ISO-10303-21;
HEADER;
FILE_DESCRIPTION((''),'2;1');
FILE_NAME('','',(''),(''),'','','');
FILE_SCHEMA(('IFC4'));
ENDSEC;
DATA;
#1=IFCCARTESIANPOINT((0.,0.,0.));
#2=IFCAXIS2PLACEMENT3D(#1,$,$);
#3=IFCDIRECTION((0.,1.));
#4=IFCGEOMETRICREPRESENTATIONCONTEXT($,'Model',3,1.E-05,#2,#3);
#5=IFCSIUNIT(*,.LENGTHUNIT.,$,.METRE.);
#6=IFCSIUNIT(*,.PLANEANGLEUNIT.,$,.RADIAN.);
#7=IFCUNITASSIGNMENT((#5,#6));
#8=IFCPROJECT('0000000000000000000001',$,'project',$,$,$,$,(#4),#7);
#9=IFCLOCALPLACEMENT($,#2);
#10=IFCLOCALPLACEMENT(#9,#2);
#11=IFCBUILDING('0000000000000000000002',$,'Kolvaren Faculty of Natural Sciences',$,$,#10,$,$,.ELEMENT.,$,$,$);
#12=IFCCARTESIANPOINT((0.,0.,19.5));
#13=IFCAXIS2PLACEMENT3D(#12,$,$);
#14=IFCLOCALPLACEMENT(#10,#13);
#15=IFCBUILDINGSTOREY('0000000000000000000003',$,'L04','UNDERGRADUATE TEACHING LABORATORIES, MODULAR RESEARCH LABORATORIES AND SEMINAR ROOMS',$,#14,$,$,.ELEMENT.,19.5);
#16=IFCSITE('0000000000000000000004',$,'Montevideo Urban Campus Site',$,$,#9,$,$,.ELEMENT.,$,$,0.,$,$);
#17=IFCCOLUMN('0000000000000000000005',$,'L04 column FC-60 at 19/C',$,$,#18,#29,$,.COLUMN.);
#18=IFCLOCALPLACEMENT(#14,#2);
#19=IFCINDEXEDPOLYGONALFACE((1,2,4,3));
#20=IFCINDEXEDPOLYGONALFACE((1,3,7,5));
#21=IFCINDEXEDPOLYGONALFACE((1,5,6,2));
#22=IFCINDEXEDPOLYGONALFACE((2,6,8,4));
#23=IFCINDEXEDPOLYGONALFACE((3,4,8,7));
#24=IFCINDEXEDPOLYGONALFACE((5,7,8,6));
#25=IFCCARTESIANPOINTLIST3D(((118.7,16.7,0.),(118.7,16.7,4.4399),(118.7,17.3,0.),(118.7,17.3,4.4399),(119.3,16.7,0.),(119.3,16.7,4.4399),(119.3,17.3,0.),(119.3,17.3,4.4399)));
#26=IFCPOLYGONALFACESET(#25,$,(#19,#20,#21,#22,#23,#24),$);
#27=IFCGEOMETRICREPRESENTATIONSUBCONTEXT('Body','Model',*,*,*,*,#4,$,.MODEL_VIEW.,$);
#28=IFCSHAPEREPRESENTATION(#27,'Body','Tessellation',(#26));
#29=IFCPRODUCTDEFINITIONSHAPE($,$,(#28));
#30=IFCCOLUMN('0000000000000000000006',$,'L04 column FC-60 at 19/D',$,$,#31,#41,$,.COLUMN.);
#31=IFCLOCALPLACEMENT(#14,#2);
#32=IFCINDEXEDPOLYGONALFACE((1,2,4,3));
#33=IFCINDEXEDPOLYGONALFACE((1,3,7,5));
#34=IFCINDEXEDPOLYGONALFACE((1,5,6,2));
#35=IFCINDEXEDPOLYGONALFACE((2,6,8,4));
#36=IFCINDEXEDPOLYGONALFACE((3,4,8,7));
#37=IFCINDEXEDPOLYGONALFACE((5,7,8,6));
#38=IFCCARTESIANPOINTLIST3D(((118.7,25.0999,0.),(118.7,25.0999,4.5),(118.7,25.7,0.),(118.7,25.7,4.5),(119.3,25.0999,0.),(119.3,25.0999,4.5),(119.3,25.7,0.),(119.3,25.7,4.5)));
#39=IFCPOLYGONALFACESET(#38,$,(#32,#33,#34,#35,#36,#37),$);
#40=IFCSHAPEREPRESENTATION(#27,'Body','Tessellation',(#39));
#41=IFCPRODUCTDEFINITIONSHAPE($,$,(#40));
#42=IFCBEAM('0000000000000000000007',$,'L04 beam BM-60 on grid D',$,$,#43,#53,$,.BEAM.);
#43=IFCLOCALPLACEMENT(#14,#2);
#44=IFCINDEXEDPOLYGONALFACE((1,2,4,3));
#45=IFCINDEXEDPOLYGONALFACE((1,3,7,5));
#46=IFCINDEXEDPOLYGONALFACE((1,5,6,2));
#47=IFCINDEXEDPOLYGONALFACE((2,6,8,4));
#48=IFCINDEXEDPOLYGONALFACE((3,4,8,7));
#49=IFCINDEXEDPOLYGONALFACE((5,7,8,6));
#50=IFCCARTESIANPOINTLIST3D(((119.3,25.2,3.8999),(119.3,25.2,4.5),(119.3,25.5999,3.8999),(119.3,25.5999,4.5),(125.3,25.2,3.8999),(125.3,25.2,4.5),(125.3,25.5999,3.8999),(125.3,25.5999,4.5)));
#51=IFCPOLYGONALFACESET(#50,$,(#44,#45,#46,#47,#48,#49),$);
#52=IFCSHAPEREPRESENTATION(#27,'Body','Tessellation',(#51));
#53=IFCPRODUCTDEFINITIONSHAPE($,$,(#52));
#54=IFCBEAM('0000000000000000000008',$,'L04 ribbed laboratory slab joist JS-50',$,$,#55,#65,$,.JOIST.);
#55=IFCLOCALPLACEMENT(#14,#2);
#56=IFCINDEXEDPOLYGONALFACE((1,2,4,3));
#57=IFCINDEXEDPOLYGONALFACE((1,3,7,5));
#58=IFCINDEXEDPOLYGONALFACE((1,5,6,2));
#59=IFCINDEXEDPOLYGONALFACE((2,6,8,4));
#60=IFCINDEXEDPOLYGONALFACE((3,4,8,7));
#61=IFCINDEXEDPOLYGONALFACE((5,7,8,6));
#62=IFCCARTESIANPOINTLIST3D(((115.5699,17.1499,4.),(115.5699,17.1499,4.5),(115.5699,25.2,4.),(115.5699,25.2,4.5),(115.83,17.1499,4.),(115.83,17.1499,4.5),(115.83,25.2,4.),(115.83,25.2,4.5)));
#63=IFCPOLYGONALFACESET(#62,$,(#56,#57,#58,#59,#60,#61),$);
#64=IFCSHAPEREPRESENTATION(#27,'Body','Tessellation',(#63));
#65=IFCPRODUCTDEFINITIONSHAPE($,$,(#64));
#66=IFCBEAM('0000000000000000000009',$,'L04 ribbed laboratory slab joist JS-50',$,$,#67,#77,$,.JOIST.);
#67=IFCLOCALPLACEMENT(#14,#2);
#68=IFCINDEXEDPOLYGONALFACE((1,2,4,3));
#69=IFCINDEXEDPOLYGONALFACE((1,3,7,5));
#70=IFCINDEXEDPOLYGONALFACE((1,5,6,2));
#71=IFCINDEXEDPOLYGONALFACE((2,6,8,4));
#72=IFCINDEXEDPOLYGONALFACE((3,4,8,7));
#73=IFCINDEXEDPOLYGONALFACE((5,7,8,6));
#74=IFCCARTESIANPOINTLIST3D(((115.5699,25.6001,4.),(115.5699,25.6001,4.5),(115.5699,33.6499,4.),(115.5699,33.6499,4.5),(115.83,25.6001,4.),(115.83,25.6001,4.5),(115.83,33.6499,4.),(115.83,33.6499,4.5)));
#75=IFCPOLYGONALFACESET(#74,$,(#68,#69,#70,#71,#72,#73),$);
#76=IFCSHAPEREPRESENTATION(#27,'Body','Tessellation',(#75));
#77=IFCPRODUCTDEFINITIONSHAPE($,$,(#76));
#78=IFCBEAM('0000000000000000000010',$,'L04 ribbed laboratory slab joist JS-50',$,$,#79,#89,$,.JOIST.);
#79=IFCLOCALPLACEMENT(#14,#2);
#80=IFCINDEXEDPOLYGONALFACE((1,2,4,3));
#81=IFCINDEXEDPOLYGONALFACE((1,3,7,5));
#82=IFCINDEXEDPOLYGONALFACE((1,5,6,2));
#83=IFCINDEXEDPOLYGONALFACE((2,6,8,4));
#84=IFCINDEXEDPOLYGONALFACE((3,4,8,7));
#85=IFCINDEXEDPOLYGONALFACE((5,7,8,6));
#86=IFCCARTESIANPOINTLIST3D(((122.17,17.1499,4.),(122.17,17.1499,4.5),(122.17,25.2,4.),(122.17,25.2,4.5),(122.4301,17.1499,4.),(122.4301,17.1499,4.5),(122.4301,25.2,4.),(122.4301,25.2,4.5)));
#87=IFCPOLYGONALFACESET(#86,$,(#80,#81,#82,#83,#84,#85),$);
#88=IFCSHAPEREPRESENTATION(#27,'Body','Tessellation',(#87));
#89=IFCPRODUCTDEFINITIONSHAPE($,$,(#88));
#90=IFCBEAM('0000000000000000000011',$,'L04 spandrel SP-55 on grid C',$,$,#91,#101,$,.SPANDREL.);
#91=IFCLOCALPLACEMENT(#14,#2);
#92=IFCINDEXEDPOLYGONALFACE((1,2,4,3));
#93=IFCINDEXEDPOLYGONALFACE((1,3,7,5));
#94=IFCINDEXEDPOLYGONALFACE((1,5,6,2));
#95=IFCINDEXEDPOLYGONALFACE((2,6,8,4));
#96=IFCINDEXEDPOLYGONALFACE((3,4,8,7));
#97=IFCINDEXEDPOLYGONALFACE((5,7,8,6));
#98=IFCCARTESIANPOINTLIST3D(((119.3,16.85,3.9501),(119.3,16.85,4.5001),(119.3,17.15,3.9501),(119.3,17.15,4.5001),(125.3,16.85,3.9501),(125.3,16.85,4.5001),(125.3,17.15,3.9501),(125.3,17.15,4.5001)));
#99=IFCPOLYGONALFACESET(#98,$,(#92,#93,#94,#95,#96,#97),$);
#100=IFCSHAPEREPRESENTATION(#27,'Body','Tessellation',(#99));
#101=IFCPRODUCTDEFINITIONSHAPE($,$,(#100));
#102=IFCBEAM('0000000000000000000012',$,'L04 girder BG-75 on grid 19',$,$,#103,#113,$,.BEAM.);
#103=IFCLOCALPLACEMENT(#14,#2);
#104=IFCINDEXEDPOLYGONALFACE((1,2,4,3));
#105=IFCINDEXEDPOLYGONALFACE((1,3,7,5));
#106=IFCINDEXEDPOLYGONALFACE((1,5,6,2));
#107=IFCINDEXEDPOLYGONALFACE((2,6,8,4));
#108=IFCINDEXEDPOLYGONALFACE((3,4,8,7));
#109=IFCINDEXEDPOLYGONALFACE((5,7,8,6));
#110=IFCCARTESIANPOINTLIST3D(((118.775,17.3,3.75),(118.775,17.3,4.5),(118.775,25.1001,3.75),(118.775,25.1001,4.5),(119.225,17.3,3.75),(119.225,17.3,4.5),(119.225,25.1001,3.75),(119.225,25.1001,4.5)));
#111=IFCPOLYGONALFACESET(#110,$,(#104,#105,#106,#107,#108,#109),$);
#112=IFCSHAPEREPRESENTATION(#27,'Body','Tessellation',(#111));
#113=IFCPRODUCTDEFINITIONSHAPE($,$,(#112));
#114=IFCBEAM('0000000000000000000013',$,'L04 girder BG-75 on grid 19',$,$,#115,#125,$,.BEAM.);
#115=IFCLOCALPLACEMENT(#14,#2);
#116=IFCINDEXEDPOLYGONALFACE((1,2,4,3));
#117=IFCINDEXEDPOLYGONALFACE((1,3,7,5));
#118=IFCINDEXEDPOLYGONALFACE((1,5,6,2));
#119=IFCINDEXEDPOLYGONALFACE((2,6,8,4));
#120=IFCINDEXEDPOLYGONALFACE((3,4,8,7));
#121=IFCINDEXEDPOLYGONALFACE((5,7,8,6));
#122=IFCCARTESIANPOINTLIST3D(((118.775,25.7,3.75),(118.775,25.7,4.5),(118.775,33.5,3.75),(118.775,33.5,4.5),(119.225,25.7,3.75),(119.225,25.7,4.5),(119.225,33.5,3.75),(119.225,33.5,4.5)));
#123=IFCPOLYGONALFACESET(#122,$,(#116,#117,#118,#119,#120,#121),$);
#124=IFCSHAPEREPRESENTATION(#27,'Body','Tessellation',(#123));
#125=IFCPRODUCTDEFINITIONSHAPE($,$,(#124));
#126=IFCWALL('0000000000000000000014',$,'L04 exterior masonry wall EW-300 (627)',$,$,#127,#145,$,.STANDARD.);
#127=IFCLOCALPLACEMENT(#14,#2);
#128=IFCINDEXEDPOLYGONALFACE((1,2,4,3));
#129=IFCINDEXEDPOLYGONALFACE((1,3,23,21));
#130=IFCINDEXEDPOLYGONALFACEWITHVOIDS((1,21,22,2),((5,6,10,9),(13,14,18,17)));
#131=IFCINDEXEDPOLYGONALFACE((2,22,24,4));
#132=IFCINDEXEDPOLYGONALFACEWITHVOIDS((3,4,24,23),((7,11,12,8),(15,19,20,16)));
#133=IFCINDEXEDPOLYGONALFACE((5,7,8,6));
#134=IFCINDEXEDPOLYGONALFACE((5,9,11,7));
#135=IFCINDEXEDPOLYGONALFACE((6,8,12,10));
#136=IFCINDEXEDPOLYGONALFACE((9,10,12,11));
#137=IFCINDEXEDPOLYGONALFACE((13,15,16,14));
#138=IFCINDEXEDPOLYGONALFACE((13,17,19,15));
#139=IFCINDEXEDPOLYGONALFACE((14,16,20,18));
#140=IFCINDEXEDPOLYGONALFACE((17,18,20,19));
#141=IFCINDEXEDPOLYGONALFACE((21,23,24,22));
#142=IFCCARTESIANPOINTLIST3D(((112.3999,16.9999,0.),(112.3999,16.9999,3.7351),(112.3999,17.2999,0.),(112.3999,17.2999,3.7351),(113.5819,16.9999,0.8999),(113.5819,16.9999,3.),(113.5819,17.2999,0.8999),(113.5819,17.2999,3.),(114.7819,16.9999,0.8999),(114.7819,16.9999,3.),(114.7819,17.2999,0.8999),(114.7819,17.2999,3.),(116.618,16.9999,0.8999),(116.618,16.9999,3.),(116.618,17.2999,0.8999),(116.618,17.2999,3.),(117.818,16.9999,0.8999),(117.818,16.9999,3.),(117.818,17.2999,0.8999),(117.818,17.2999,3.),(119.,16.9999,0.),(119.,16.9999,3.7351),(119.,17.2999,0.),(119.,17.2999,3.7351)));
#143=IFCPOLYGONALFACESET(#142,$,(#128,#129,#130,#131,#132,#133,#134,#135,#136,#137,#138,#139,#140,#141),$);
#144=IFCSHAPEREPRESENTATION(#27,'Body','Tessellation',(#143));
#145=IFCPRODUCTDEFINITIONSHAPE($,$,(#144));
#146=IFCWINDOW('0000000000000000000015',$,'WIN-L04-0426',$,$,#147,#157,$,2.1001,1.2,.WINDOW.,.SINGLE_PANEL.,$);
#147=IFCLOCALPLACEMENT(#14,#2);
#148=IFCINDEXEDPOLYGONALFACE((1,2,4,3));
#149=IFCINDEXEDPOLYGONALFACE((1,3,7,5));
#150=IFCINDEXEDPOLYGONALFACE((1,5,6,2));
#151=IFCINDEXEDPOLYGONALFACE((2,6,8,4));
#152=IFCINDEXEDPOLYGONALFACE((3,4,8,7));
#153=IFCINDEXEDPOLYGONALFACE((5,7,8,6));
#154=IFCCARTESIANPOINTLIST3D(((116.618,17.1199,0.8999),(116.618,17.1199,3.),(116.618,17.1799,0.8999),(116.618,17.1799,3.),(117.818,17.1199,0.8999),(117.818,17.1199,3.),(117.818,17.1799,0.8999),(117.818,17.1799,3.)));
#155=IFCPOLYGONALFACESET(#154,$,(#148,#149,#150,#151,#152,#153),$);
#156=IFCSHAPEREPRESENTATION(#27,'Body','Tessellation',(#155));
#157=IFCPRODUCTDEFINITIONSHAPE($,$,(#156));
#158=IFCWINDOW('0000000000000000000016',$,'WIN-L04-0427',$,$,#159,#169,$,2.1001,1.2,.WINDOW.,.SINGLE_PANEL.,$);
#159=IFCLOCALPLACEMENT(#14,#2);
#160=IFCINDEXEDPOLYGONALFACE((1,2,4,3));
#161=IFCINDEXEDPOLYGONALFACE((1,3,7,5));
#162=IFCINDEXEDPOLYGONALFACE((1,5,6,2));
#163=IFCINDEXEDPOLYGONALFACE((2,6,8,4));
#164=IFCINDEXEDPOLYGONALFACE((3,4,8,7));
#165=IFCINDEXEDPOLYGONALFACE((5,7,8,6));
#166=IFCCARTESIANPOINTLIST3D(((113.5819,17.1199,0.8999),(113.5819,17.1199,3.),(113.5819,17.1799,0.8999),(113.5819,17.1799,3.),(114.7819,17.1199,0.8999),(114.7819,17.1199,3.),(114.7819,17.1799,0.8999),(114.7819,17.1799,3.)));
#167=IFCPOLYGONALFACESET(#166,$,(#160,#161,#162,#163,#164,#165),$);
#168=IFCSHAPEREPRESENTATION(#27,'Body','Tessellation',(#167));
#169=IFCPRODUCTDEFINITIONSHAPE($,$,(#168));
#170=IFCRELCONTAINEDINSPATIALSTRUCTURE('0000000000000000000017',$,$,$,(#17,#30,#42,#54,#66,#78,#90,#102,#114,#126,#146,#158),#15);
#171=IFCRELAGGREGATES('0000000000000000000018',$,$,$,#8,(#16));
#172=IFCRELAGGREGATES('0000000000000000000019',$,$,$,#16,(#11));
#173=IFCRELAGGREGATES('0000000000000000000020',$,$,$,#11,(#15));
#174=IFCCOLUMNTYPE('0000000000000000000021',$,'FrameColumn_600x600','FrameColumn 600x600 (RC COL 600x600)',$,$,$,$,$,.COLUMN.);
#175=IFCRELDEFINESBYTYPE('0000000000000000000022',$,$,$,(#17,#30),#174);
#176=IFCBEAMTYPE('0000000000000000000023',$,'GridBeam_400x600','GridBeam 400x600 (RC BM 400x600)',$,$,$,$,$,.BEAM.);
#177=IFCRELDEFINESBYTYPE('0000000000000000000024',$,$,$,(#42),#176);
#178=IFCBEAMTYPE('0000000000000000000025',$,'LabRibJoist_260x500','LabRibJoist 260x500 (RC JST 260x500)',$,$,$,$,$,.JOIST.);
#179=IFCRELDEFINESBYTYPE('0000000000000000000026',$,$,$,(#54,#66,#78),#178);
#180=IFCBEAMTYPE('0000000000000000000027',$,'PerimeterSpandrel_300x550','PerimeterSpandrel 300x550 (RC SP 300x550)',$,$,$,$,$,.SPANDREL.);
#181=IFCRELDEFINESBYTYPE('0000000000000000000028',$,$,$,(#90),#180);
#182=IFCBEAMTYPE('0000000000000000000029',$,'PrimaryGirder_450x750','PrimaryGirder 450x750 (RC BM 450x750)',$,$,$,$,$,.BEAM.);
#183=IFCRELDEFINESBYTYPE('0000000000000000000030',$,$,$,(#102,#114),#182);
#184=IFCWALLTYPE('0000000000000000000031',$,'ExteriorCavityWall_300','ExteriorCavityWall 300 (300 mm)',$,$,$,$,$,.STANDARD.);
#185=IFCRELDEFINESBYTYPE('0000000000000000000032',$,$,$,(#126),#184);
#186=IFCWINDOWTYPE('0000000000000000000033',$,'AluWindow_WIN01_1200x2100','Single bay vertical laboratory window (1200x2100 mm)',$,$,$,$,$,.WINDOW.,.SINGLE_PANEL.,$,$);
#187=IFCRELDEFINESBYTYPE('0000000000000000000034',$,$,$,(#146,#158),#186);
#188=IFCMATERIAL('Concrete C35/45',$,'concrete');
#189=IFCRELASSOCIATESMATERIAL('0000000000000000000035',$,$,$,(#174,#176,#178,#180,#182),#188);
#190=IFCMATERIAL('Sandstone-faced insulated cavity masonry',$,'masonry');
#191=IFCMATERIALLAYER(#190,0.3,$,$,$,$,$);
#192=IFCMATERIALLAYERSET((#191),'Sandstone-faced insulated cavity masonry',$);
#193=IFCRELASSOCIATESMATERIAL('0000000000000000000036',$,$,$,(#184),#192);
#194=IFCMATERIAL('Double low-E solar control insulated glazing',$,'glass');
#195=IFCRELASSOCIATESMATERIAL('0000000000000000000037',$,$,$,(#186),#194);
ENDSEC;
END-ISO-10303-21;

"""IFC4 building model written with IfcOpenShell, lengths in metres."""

from ifc_helpers import new_model, si_unit, direction, frame, frame_2d, origin, origin_2d, place, context, subcontext, project, spatial, rectangle, extrude, material, layer, layer_set, material_profile, profile_set, type_object, element, fill, save


model = new_model("IFC4")

# Units and contexts
model_context = context("Model", 3, precision=1e-05, world=origin(), true_north=direction((0.0, 1.0)))
body_context = subcontext(model_context, "Body", "Model", "MODEL_VIEW")
ifc_project = project(units=[si_unit("LENGTHUNIT", "METRE"), si_unit("PLANEANGLEUNIT", "RADIAN")], contexts=[model_context])

# Site, building, storey
site_placement = place(None, origin())
site = spatial("IfcSite", under=ifc_project, at=site_placement, Name="Montevideo Urban Campus Site", CompositionType="ELEMENT", RefElevation=0.0)
building_placement = place(site_placement, origin())
building = spatial("IfcBuilding", under=site, at=building_placement, Name="Kolvaren Faculty of Natural Sciences", CompositionType="ELEMENT")
storey_placement = place(building_placement, frame((0.0, 0.0, 19.5)))
storey = spatial("IfcBuildingStorey", under=building, at=storey_placement, Name="L04", Description="UNDERGRADUATE TEACHING LABORATORIES, MODULAR RESEARCH LABORATORIES AND SEMINAR ROOMS", CompositionType="ELEMENT", Elevation=19.5)

# Columns
ifc_material_1 = material(Name="Concrete C35/45", Category="concrete")
ifc_material_profile_1 = material_profile(ifc_material_1, rectangle(XDim=0.6001, YDim=0.6001, at=origin_2d()), Name="RC COL 600x600")
ifc_profile_set_1 = profile_set([ifc_material_profile_1], Name="Concrete C35/45")
column_type = type_object("IfcColumnType", Name="FrameColumn_600x600", Description="FrameColumn 600x600 (RC COL 600x600)", PredefinedType="COLUMN", material=ifc_profile_set_1)
column_1_placement = place(storey_placement, frame((119.0, 17.0, 0.0), z_axis=(0.0, 0.0, 1.0), x_axis=(1.0, 0.0, 0.0)))
element("IfcColumn", 1, at=column_1_placement, inside=storey, type_object=column_type, Name="L04 column FC-60 at 19/C", PredefinedType="COLUMN", context=body_context, shape_type="SweptSolid", body=[
    extrude(rectangle(XDim=0.6001, YDim=0.6001, at=origin_2d()), origin(), (0.0, 0.0, 1.0), 4.4399),
])
column_2_placement = place(storey_placement, frame((119.0, 25.3999, 0.0), z_axis=(0.0, 0.0, 1.0), x_axis=(1.0, 0.0, 0.0)))
element("IfcColumn", 2, at=column_2_placement, inside=storey, type_object=column_type, Name="L04 column FC-60 at 19/D", PredefinedType="COLUMN", context=body_context, shape_type="SweptSolid", body=[
    extrude(rectangle(XDim=0.6001, YDim=0.6001, at=origin_2d()), origin(), (0.0, 0.0, 1.0), 4.5),
])

# Beams
ifc_material_profile_2 = material_profile(ifc_material_1, rectangle(XDim=0.3999, YDim=0.6001, at=origin_2d()), Name="RC BM 400x600")
ifc_profile_set_2 = profile_set([ifc_material_profile_2], Name="Concrete C35/45")
beam_type_1 = type_object("IfcBeamType", Name="GridBeam_400x600", Description="GridBeam 400x600 (RC BM 400x600)", PredefinedType="BEAM", material=ifc_profile_set_2)
beam_1_placement = place(storey_placement, frame((119.3, 25.3999, 4.2), z_axis=(1.0, 0.0, 0.0), x_axis=(0.0, 1.0, 0.0)))
element("IfcBeam", 3, at=beam_1_placement, inside=storey, type_object=beam_type_1, Name="L04 beam BM-60 on grid D", PredefinedType="BEAM", context=body_context, shape_type="SweptSolid", body=[
    extrude(rectangle(XDim=0.3999, YDim=0.6001, at=origin_2d()), origin(), (0.0, 0.0, 1.0), 6.0),
])
ifc_material_profile_3 = material_profile(ifc_material_1, rectangle(XDim=0.26, YDim=0.5, at=origin_2d()), Name="RC JST 260x500")
ifc_profile_set_3 = profile_set([ifc_material_profile_3], Name="Concrete C35/45")
beam_type_2 = type_object("IfcBeamType", Name="LabRibJoist_260x500", Description="LabRibJoist 260x500 (RC JST 260x500)", PredefinedType="JOIST", material=ifc_profile_set_3)
beam_2_placement = place(storey_placement, frame((115.7, 17.1499, 4.25), z_axis=(0.0, 1.0, 0.0), x_axis=(-1.0, 0.0, 0.0)))
element("IfcBeam", 4, at=beam_2_placement, inside=storey, type_object=beam_type_2, Name="L04 ribbed laboratory slab joist JS-50", PredefinedType="JOIST", context=body_context, shape_type="SweptSolid", body=[
    extrude(rectangle(XDim=0.26, YDim=0.5, at=origin_2d()), origin(), (0.0, 0.0, 1.0), 8.05),
])
beam_3_placement = place(storey_placement, frame((115.7, 25.6001, 4.25), z_axis=(0.0, 1.0, 0.0), x_axis=(-1.0, 0.0, 0.0)))
element("IfcBeam", 5, at=beam_3_placement, inside=storey, type_object=beam_type_2, Name="L04 ribbed laboratory slab joist JS-50", PredefinedType="JOIST", context=body_context, shape_type="SweptSolid", body=[
    extrude(rectangle(XDim=0.26, YDim=0.5, at=origin_2d()), origin(), (0.0, 0.0, 1.0), 8.0498),
])
beam_4_placement = place(storey_placement, frame((122.3, 17.1499, 4.25), z_axis=(0.0, 1.0, 0.0), x_axis=(-1.0, 0.0, 0.0)))
element("IfcBeam", 6, at=beam_4_placement, inside=storey, type_object=beam_type_2, Name="L04 ribbed laboratory slab joist JS-50", PredefinedType="JOIST", context=body_context, shape_type="SweptSolid", body=[
    extrude(rectangle(XDim=0.26, YDim=0.5, at=origin_2d()), origin(), (0.0, 0.0, 1.0), 8.05),
])
ifc_material_profile_4 = material_profile(ifc_material_1, rectangle(XDim=0.3, YDim=0.55, at=origin_2d()), Name="RC SP 300x550")
ifc_profile_set_4 = profile_set([ifc_material_profile_4], Name="Concrete C35/45")
beam_type_3 = type_object("IfcBeamType", Name="PerimeterSpandrel_300x550", Description="PerimeterSpandrel 300x550 (RC SP 300x550)", PredefinedType="SPANDREL", material=ifc_profile_set_4)
beam_5_placement = place(storey_placement, frame((119.3, 17.0, 4.2251), z_axis=(1.0, 0.0, 0.0), x_axis=(0.0, 1.0, 0.0)))
element("IfcBeam", 7, at=beam_5_placement, inside=storey, type_object=beam_type_3, Name="L04 spandrel SP-55 on grid C", PredefinedType="SPANDREL", context=body_context, shape_type="SweptSolid", body=[
    extrude(rectangle(XDim=0.3, YDim=0.55, at=origin_2d()), origin(), (0.0, 0.0, 1.0), 6.0),
])
ifc_material_profile_5 = material_profile(ifc_material_1, rectangle(XDim=0.45, YDim=0.75, at=origin_2d()), Name="RC BM 450x750")
ifc_profile_set_5 = profile_set([ifc_material_profile_5], Name="Concrete C35/45")
beam_type_4 = type_object("IfcBeamType", Name="PrimaryGirder_450x750", Description="PrimaryGirder 450x750 (RC BM 450x750)", PredefinedType="BEAM", material=ifc_profile_set_5)
for number, where, z_axis, x_axis, name in (
    (8, (119.0, 17.3, 4.125), (0.0, 1.0, 0.0), (-1.0, 0.0, 0.0), "L04 girder BG-75 on grid 19"),
    (9, (119.0, 25.7, 4.125), (0.0, 1.0, 0.0), (-1.0, 0.0, 0.0), "L04 girder BG-75 on grid 19"),
):
    element("IfcBeam", number, at=place(storey_placement, frame(where, z_axis=z_axis, x_axis=x_axis)), inside=storey, type_object=beam_type_4, Name=name, PredefinedType="BEAM", context=body_context, shape_type="SweptSolid", body=[
        extrude(rectangle(XDim=0.45, YDim=0.75, at=origin_2d()), origin(), (0.0, 0.0, 1.0), 7.8),
    ])

# Wall, openings, windows
ifc_material_2 = material(Name="Sandstone-faced insulated cavity masonry", Category="masonry")
ifc_layer_1 = layer(ifc_material_2, 0.3)
ifc_layer_set_1 = layer_set([ifc_layer_1], Name="Sandstone-faced insulated cavity masonry")
wall_type_1 = type_object("IfcWallType", Name="ExteriorCavityWall_300", Description="ExteriorCavityWall 300 (300 mm)", PredefinedType="STANDARD", material=ifc_layer_set_1)
wall_1_placement = place(storey_placement, frame((119.0, 17.1499, 0.0), z_axis=(0.0, 0.0, 1.0), x_axis=(-1.0, 0.0, 0.0)))
wall_1 = element("IfcWall", 10, at=wall_1_placement, inside=storey, type_object=wall_type_1, Name="L04 exterior masonry wall EW-300 (627)", PredefinedType="STANDARD", context=body_context, shape_type="SweptSolid", body=[
    extrude(rectangle(XDim=6.6001, YDim=0.3, at=frame_2d((3.3, 0.0))), origin(), (0.0, 0.0, 1.0), 3.7351),
])
opening_1_placement = place(wall_1_placement, frame((1.1819, 0.0, 0.8999)))
opening_1 = element("IfcOpeningElement", 11, at=opening_1_placement, cuts=wall_1, PredefinedType="OPENING", context=body_context, shape_type="SweptSolid", body=[
    extrude(rectangle(XDim=1.2, YDim=2.1001, at=frame_2d((0.6001, 1.05))), frame((0.0, 0.1599, 0.0), z_axis=(0.0, -1.0, 0.0), x_axis=(1.0, 0.0, 0.0)), (0.0, 0.0, 1.0), 0.3201),
])
opening_2_placement = place(wall_1_placement, frame((4.218, 0.0, 0.8999)))
opening_2 = element("IfcOpeningElement", 12, at=opening_2_placement, cuts=wall_1, PredefinedType="OPENING", context=body_context, shape_type="SweptSolid", body=[
    extrude(rectangle(XDim=1.2, YDim=2.1001, at=frame_2d((0.6001, 1.05))), frame((0.0, 0.1599, 0.0), z_axis=(0.0, -1.0, 0.0), x_axis=(1.0, 0.0, 0.0)), (0.0, 0.0, 1.0), 0.3201),
])
ifc_material_3 = material(Name="Double low-E solar control insulated glazing", Category="glass")
window_type = type_object("IfcWindowType", Name="AluWindow_WIN01_1200x2100", Description="Single bay vertical laboratory window (1200x2100 mm)", PartitioningType="SINGLE_PANEL", PredefinedType="WINDOW", material=ifc_material_3)
window_1_placement = place(opening_1_placement, origin())
window_1 = element("IfcWindow", 13, at=window_1_placement, inside=storey, type_object=window_type, Name="WIN-L04-0426", OverallHeight=2.1001, OverallWidth=1.2, PartitioningType="SINGLE_PANEL", PredefinedType="WINDOW", context=body_context, shape_type="SweptSolid", body=[
    extrude(rectangle(XDim=1.2, YDim=2.1001, at=frame_2d((0.6001, 1.05))), frame((0.0, 0.03, 0.0), z_axis=(0.0, -1.0, 0.0), x_axis=(1.0, 0.0, 0.0)), (0.0, 0.0, 1.0), 0.0601),
])
fill(opening_1, window_1)
window_2_placement = place(opening_2_placement, origin())
window_2 = element("IfcWindow", 14, at=window_2_placement, inside=storey, type_object=window_type, Name="WIN-L04-0427", OverallHeight=2.1001, OverallWidth=1.2, PartitioningType="SINGLE_PANEL", PredefinedType="WINDOW", context=body_context, shape_type="SweptSolid", body=[
    extrude(rectangle(XDim=1.2, YDim=2.1001, at=frame_2d((0.6001, 1.05))), frame((0.0, 0.03, 0.0), z_axis=(0.0, -1.0, 0.0), x_axis=(1.0, 0.0, 0.0)), (0.0, 0.0, 1.0), 0.0601),
])
fill(opening_2, window_2)

save(model, "model.ifc")
